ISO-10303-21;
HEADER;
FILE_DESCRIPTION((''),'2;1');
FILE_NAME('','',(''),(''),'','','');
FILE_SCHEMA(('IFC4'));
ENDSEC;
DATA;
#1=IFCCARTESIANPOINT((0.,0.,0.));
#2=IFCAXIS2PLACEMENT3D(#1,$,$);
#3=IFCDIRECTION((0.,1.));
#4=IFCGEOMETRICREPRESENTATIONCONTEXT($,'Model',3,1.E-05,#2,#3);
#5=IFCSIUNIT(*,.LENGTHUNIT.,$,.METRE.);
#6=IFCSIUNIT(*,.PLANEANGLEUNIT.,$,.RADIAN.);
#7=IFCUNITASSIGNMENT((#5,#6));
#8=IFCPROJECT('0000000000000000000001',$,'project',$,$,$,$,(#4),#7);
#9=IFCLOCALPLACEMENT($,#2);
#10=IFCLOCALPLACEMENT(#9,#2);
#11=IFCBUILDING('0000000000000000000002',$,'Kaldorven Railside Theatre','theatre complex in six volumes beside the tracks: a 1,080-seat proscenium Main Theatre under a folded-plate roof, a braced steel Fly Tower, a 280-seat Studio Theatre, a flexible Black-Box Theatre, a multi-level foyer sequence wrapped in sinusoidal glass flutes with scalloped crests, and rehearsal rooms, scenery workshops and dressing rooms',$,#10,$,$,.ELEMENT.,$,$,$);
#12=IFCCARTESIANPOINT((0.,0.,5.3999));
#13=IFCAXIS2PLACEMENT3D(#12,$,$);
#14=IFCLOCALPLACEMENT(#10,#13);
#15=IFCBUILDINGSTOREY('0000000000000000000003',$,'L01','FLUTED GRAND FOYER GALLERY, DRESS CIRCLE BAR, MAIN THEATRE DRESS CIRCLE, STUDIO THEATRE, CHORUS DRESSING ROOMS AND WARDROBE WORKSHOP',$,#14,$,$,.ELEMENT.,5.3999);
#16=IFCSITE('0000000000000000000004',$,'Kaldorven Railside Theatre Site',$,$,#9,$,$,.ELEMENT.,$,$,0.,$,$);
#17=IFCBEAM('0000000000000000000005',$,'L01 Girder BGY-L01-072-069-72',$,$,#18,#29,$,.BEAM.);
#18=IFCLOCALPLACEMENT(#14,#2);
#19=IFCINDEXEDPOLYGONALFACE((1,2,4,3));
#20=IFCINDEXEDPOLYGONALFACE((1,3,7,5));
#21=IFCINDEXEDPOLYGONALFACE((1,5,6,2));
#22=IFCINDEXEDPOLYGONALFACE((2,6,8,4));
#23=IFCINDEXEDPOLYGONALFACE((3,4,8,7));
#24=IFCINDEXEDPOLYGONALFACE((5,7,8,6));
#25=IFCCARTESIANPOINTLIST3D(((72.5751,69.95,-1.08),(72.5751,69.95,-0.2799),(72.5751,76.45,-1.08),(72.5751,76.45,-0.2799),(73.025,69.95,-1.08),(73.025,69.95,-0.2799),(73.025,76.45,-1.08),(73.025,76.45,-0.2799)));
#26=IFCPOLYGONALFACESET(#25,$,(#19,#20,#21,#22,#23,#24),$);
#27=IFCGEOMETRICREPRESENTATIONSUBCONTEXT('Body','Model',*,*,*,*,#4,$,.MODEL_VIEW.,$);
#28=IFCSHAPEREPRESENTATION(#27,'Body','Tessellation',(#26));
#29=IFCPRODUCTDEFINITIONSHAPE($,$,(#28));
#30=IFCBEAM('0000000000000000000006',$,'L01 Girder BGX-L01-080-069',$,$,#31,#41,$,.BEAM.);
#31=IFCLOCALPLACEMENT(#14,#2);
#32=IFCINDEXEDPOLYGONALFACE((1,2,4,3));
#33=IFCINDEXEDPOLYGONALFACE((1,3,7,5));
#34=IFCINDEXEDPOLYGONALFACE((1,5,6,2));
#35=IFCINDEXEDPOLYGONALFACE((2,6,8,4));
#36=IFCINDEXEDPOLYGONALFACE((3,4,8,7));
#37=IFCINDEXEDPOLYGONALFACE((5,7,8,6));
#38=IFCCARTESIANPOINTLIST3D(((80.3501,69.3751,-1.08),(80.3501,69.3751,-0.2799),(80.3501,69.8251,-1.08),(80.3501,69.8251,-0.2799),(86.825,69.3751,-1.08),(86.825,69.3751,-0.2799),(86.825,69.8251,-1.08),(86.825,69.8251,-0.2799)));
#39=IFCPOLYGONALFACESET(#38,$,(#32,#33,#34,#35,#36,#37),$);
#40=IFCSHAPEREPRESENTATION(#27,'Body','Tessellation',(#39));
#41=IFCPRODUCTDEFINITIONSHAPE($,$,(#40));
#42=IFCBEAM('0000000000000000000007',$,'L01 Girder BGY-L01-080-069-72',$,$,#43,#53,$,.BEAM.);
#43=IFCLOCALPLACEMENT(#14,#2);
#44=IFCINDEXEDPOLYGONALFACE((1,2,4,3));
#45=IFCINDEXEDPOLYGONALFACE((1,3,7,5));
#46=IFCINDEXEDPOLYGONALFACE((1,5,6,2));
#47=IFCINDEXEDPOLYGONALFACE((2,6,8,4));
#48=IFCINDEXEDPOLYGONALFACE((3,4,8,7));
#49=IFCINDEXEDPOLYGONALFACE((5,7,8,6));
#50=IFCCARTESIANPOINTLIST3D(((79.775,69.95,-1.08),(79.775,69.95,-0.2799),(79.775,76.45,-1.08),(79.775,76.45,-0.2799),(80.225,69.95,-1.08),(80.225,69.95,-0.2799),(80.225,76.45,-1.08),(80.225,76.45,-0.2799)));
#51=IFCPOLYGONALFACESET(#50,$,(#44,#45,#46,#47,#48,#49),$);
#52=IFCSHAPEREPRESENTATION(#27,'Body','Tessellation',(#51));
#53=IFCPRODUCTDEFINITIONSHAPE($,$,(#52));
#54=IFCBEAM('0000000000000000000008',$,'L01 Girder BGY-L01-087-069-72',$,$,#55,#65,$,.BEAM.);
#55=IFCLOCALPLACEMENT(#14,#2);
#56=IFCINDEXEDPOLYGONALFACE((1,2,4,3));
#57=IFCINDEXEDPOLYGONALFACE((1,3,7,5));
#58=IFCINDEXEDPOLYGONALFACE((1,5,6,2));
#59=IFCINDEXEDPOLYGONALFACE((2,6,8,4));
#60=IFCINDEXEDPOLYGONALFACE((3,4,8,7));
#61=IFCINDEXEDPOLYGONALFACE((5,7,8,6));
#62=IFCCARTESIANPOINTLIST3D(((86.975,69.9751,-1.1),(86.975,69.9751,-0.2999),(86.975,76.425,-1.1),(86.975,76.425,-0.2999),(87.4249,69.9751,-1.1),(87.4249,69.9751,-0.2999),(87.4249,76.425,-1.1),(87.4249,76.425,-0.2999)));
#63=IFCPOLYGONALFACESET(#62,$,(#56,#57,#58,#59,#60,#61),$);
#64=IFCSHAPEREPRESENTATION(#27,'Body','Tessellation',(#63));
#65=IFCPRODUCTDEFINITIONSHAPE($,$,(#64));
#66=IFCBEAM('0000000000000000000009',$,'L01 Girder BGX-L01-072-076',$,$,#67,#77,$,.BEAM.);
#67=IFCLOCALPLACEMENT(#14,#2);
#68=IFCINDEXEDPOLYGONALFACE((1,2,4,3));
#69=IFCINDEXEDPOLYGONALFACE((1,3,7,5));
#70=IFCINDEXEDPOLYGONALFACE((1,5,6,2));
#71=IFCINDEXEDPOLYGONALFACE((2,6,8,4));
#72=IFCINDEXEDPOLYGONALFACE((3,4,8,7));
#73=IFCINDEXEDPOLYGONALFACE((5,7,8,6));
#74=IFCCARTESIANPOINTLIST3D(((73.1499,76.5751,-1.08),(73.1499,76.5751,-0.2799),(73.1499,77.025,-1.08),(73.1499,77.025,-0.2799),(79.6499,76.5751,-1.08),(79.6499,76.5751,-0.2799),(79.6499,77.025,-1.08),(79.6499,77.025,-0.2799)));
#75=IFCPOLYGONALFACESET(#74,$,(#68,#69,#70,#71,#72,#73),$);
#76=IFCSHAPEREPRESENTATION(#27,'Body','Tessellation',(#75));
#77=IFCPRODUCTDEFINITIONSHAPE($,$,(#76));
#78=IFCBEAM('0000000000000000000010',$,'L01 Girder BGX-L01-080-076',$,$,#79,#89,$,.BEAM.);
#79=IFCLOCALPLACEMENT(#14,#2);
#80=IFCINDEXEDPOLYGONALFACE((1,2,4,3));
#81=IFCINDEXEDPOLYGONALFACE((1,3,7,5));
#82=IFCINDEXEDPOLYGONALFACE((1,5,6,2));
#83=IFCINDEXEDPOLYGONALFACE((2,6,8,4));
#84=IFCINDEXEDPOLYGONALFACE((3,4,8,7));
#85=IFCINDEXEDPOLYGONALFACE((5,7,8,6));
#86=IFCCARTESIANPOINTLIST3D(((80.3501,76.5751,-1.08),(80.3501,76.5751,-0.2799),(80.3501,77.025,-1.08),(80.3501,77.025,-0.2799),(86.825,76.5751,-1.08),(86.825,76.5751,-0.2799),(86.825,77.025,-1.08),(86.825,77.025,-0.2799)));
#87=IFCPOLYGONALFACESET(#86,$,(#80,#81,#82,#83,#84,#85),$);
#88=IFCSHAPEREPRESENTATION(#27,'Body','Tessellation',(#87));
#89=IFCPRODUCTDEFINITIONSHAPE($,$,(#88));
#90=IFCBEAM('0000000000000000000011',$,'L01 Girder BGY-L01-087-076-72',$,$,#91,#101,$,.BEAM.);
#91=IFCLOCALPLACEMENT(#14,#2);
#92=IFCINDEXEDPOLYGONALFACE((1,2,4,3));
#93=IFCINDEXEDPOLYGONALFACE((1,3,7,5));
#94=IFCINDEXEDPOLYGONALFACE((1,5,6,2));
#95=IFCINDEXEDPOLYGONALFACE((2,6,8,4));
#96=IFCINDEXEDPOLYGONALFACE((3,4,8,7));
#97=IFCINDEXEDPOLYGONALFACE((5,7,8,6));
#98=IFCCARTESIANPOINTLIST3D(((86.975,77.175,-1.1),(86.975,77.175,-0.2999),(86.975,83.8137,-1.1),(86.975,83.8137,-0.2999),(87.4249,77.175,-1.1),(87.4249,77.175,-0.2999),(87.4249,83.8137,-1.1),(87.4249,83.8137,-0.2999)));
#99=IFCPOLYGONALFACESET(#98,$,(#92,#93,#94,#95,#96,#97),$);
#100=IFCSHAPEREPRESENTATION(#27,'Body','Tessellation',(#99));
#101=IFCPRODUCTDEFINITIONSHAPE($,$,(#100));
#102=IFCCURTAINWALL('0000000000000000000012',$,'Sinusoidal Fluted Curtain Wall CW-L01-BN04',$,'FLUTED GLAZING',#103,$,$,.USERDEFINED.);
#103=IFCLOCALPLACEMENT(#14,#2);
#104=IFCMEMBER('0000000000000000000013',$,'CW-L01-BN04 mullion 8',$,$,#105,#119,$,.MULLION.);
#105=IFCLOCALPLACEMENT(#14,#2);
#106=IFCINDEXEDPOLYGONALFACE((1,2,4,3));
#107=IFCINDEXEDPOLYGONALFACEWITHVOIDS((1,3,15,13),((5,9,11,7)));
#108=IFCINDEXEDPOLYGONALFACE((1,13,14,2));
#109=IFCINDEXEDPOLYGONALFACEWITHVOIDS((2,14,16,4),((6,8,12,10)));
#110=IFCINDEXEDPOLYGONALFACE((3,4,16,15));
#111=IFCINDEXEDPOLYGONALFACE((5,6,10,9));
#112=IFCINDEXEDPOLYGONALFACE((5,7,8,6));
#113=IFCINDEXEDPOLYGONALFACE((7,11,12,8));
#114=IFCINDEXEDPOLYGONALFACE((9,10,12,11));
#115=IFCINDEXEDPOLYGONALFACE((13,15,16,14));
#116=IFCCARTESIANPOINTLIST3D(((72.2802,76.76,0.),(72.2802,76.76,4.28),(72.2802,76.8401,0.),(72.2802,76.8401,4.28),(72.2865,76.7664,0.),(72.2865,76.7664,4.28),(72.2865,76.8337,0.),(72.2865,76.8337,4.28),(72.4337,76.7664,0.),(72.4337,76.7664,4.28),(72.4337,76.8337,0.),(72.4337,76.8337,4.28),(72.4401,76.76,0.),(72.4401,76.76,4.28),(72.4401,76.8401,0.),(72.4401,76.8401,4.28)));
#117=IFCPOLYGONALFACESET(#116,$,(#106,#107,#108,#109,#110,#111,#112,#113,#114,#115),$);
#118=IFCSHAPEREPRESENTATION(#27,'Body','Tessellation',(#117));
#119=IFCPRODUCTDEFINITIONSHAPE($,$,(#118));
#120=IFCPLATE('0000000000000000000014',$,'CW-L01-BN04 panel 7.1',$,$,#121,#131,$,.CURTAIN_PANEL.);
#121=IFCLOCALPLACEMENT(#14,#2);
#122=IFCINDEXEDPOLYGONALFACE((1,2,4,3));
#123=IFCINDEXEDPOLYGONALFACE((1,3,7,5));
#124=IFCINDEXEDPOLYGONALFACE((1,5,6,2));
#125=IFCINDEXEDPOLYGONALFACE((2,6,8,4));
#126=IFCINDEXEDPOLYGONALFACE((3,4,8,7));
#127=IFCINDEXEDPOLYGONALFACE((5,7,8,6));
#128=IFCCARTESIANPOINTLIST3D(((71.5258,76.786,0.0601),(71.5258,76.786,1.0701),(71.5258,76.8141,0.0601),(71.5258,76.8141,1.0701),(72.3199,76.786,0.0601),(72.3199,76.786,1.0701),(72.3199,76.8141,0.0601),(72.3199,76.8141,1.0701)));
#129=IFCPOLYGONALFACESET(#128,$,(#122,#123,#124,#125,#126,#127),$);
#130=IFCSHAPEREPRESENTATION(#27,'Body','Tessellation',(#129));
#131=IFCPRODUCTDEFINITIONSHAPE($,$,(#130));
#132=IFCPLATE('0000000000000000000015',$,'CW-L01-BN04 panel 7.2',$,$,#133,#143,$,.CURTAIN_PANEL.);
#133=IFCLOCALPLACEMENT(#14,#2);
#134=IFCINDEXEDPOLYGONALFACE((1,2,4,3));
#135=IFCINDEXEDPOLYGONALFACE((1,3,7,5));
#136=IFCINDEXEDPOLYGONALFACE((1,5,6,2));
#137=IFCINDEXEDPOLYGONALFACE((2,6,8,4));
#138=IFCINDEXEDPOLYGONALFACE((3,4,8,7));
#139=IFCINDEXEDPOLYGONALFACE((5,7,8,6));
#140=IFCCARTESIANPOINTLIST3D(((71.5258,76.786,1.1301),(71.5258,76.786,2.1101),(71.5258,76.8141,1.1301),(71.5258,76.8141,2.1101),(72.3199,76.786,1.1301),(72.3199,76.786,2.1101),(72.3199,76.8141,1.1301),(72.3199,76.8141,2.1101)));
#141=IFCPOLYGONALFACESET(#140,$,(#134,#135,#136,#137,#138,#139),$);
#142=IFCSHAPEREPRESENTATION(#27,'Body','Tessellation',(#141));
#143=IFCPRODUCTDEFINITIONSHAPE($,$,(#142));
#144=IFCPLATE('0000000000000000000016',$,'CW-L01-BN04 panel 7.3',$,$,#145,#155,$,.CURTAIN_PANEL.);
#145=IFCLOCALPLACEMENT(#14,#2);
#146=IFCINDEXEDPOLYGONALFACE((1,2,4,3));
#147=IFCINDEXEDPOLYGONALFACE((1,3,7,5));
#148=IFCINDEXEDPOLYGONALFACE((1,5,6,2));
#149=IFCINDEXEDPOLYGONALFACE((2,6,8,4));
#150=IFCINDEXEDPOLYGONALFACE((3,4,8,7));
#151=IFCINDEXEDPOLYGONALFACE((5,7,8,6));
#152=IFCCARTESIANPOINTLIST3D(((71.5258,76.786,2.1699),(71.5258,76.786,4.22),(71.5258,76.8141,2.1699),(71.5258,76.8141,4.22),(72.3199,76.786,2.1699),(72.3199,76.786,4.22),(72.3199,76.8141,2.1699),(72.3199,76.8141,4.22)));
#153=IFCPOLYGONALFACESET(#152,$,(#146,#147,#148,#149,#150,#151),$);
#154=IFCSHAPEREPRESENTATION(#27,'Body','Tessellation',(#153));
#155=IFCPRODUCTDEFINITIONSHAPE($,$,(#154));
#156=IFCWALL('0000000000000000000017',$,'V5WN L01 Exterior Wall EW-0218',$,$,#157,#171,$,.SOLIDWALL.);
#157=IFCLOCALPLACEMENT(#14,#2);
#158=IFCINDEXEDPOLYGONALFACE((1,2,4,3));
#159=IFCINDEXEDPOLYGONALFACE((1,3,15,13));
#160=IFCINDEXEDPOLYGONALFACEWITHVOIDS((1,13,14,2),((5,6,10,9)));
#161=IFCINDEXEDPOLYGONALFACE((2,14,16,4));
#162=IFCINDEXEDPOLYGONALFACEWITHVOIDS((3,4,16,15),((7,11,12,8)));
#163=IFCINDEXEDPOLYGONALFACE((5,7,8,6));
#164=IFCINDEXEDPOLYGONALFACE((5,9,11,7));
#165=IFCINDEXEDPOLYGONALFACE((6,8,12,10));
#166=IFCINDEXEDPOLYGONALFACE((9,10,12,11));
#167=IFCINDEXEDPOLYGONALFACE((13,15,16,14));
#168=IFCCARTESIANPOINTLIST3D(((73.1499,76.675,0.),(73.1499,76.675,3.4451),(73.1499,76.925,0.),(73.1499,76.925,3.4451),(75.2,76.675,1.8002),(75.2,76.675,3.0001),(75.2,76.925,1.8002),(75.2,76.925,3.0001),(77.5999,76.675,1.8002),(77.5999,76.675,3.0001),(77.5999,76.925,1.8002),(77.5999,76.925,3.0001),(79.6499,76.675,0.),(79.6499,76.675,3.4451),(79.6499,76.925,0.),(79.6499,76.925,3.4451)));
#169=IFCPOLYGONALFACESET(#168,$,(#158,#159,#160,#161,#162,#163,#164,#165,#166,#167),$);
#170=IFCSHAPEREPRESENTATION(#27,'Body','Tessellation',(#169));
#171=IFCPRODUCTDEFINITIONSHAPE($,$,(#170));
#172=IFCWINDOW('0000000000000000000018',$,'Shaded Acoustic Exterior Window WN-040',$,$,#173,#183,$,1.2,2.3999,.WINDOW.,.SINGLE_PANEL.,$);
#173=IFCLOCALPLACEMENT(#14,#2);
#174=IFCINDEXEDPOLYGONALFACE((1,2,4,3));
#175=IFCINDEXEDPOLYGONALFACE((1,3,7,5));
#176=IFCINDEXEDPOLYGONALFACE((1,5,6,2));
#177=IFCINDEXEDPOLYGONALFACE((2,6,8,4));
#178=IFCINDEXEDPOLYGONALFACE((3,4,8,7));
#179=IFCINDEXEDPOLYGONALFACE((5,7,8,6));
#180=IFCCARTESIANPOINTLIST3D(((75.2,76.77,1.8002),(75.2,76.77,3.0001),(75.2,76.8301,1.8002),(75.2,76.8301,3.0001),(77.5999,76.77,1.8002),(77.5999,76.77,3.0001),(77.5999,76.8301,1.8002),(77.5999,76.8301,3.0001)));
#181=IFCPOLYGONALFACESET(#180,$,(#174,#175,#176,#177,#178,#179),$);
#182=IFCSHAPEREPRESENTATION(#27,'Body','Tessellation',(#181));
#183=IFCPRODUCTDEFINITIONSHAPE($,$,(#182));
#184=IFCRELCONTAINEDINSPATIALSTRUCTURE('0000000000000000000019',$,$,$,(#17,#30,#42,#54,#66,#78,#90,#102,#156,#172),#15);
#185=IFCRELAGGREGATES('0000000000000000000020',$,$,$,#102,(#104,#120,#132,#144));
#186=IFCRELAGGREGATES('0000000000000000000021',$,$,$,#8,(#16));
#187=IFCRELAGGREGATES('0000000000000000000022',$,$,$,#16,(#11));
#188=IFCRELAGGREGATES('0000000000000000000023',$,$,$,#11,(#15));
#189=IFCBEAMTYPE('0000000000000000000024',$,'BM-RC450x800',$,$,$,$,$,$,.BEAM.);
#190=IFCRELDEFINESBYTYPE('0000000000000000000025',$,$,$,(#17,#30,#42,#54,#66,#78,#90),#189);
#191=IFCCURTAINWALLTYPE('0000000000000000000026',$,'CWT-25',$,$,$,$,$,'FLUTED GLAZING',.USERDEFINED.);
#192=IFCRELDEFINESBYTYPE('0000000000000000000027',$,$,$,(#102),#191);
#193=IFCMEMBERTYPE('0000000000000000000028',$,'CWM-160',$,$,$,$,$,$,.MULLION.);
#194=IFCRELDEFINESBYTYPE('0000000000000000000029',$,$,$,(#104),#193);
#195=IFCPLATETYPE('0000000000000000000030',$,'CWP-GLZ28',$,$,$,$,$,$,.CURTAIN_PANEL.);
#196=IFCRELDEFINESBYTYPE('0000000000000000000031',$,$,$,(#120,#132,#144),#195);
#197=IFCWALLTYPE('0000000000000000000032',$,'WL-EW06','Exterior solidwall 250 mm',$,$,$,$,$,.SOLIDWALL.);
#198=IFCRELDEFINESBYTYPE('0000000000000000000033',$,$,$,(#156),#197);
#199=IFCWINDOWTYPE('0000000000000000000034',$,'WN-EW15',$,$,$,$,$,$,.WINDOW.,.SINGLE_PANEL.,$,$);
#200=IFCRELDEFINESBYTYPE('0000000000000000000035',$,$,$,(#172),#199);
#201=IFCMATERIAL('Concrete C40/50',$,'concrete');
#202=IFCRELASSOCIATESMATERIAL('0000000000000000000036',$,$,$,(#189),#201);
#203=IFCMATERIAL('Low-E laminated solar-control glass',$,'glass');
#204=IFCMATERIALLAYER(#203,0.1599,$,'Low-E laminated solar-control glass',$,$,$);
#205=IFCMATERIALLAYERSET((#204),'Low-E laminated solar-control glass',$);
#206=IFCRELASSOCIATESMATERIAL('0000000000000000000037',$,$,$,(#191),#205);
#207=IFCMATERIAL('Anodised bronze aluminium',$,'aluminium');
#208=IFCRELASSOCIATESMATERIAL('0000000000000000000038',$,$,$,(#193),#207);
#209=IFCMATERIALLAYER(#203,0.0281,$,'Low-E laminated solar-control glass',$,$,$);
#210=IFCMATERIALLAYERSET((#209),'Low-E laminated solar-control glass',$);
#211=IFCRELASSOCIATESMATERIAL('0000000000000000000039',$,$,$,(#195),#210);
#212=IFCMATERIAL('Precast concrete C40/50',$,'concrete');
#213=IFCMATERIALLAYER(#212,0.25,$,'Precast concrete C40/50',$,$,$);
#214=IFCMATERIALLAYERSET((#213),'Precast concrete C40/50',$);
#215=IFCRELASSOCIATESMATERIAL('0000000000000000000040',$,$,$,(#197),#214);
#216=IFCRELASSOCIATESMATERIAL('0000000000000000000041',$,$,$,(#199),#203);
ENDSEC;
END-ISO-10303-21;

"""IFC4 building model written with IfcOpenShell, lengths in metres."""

from ifc_helpers import new_model, si_unit, direction, frame, frame_2d, origin, origin_2d, place, context, subcontext, project, spatial, rectangle, hollow_rectangle, extrude, material, layer, layer_set, material_profile, profile_set, type_object, element, fill, aggregate, save


model = new_model("IFC4")

# Units and contexts
model_context = context("Model", 3, precision=1e-05, world=origin(), true_north=direction((0.0, 1.0)))
body_context = subcontext(model_context, "Body", "Model", "MODEL_VIEW")
ifc_project = project(units=[si_unit("LENGTHUNIT", "METRE"), si_unit("PLANEANGLEUNIT", "RADIAN")], contexts=[model_context])

# Site, building, storey
site_placement = place(None, origin())
site = spatial("IfcSite", under=ifc_project, at=site_placement, Name="Kaldorven Railside Theatre Site", CompositionType="ELEMENT", RefElevation=0.0)
building_placement = place(site_placement, origin())
building = spatial("IfcBuilding", under=site, at=building_placement, Name="Kaldorven Railside Theatre", Description="theatre complex in six volumes beside the tracks: a 1,080-seat proscenium Main Theatre under a folded-plate roof, a braced steel Fly Tower, a 280-seat Studio Theatre, a flexible Black-Box Theatre, a multi-level foyer sequence wrapped in sinusoidal glass flutes with scalloped crests, and rehearsal rooms, scenery workshops and dressing rooms", CompositionType="ELEMENT")
storey_placement = place(building_placement, frame((0.0, 0.0, 5.3999)))
storey = spatial("IfcBuildingStorey", under=building, at=storey_placement, Name="L01", Description="FLUTED GRAND FOYER GALLERY, DRESS CIRCLE BAR, MAIN THEATRE DRESS CIRCLE, STUDIO THEATRE, CHORUS DRESSING ROOMS AND WARDROBE WORKSHOP", CompositionType="ELEMENT", Elevation=5.3999)

# Shared definitions
ifc_material_1 = material(Name="Concrete C40/50", Category="concrete")

# Beams
ifc_material_profile_1 = material_profile(ifc_material_1, rectangle(XDim=0.45, YDim=0.8, at=origin_2d()), Name="RC 450x800")
ifc_profile_set_1 = profile_set([ifc_material_profile_1], Name="Concrete C40/50")
beam_type_1 = type_object("IfcBeamType", Name="BM-RC450x800", PredefinedType="BEAM", material=ifc_profile_set_1)
for number, where, z_axis, x_axis, name in (
    (1, (72.8, 69.95, -0.6799), (0.0, 1.0, 0.0), (-1.0, 0.0, 0.0), "L01 Girder BGY-L01-072-069-72"),
):
    element("IfcBeam", number, at=place(storey_placement, frame(where, z_axis=z_axis, x_axis=x_axis)), inside=storey, type_object=beam_type_1, Name=name, PredefinedType="BEAM", context=body_context, shape_type="SweptSolid", body=[
        extrude(rectangle(XDim=0.45, YDim=0.8, at=origin_2d()), origin(), (0.0, 0.0, 1.0), 6.5),
    ])
beam_1_placement = place(storey_placement, frame((80.3501, 69.6001, -0.6799), z_axis=(1.0, 0.0, 0.0), x_axis=(0.0, 1.0, 0.0)))
element("IfcBeam", 2, at=beam_1_placement, inside=storey, type_object=beam_type_1, Name="L01 Girder BGX-L01-080-069", PredefinedType="BEAM", context=body_context, shape_type="SweptSolid", body=[
    extrude(rectangle(XDim=0.45, YDim=0.8, at=origin_2d()), origin(), (0.0, 0.0, 1.0), 6.4749),
])
beam_2_placement = place(storey_placement, frame((80.0, 69.95, -0.6799), z_axis=(0.0, 1.0, 0.0), x_axis=(-1.0, 0.0, 0.0)))
element("IfcBeam", 3, at=beam_2_placement, inside=storey, type_object=beam_type_1, Name="L01 Girder BGY-L01-080-069-72", PredefinedType="BEAM", context=body_context, shape_type="SweptSolid", body=[
    extrude(rectangle(XDim=0.45, YDim=0.8, at=origin_2d()), origin(), (0.0, 0.0, 1.0), 6.5),
])
beam_3_placement = place(storey_placement, frame((87.2, 69.9751, -0.7), z_axis=(0.0, 1.0, 0.0), x_axis=(-1.0, 0.0, 0.0)))
element("IfcBeam", 4, at=beam_3_placement, inside=storey, type_object=beam_type_1, Name="L01 Girder BGY-L01-087-069-72", PredefinedType="BEAM", context=body_context, shape_type="SweptSolid", body=[
    extrude(rectangle(XDim=0.45, YDim=0.8, at=origin_2d()), origin(), (0.0, 0.0, 1.0), 6.45),
])
beam_4_placement = place(storey_placement, frame((73.1499, 76.8, -0.6799), z_axis=(1.0, 0.0, 0.0), x_axis=(0.0, 1.0, 0.0)))
element("IfcBeam", 5, at=beam_4_placement, inside=storey, type_object=beam_type_1, Name="L01 Girder BGX-L01-072-076", PredefinedType="BEAM", context=body_context, shape_type="SweptSolid", body=[
    extrude(rectangle(XDim=0.45, YDim=0.8, at=origin_2d()), origin(), (0.0, 0.0, 1.0), 6.5),
])
beam_5_placement = place(storey_placement, frame((80.3501, 76.8, -0.6799), z_axis=(1.0, 0.0, 0.0), x_axis=(0.0, 1.0, 0.0)))
element("IfcBeam", 6, at=beam_5_placement, inside=storey, type_object=beam_type_1, Name="L01 Girder BGX-L01-080-076", PredefinedType="BEAM", context=body_context, shape_type="SweptSolid", body=[
    extrude(rectangle(XDim=0.45, YDim=0.8, at=origin_2d()), origin(), (0.0, 0.0, 1.0), 6.4749),
])
beam_6_placement = place(storey_placement, frame((87.2, 77.175, -0.7), z_axis=(0.0, 1.0, 0.0), x_axis=(-1.0, 0.0, 0.0)))
element("IfcBeam", 7, at=beam_6_placement, inside=storey, type_object=beam_type_1, Name="L01 Girder BGY-L01-087-076-72", PredefinedType="BEAM", context=body_context, shape_type="SweptSolid", body=[
    extrude(rectangle(XDim=0.45, YDim=0.8, at=origin_2d()), origin(), (0.0, 0.0, 1.0), 6.6387),
])

# Curtain wall, member, plates
ifc_material_2 = material(Name="Low-E laminated solar-control glass", Category="glass")
ifc_layer_1 = layer(ifc_material_2, 0.1599, Name="Low-E laminated solar-control glass")
ifc_layer_set_1 = layer_set([ifc_layer_1], Name="Low-E laminated solar-control glass")
curtain_wall_type = type_object("IfcCurtainWallType", Name="CWT-25", ElementType="FLUTED GLAZING", PredefinedType="USERDEFINED", material=ifc_layer_set_1)
curtain_wall_placement = place(storey_placement, origin())
curtain_wall = element("IfcCurtainWall", 8, at=curtain_wall_placement, inside=storey, type_object=curtain_wall_type, Name="Sinusoidal Fluted Curtain Wall CW-L01-BN04", ObjectType="FLUTED GLAZING", PredefinedType="USERDEFINED")
ifc_material_3 = material(Name="Anodised bronze aluminium", Category="aluminium")
ifc_material_profile_2 = material_profile(ifc_material_3, hollow_rectangle(XDim=0.0801, YDim=0.1599, WallThickness=0.0063, at=origin_2d()), Name="RHS 160x80x6.3")
ifc_profile_set_2 = profile_set([ifc_material_profile_2], Name="Anodised bronze aluminium")
member_type = type_object("IfcMemberType", Name="CWM-160", PredefinedType="MULLION", material=ifc_profile_set_2)
member_placement = place(storey_placement, frame((72.3601, 76.8, 0.0), z_axis=(0.0, 0.0, 1.0), x_axis=(0.0, 1.0, 0.0)))
member = element("IfcMember", 9, at=member_placement, type_object=member_type, Name="CW-L01-BN04 mullion 8", PredefinedType="MULLION", context=body_context, shape_type="SweptSolid", body=[
    extrude(hollow_rectangle(XDim=0.0801, YDim=0.1599, WallThickness=0.0063, at=origin_2d()), origin(), (0.0, 0.0, 1.0), 4.28),
])
ifc_layer_2 = layer(ifc_material_2, 0.0281, Name="Low-E laminated solar-control glass")
ifc_layer_set_2 = layer_set([ifc_layer_2], Name="Low-E laminated solar-control glass")
plate_type = type_object("IfcPlateType", Name="CWP-GLZ28", PredefinedType="CURTAIN_PANEL", material=ifc_layer_set_2)
plate_1_placement = place(storey_placement, frame((71.9229, 76.8, 0.0601), z_axis=(0.0, 0.0, 1.0), x_axis=(1.0, 0.0, 0.0)))
plate_1 = element("IfcPlate", 10, at=plate_1_placement, type_object=plate_type, Name="CW-L01-BN04 panel 7.1", PredefinedType="CURTAIN_PANEL", context=body_context, shape_type="SweptSolid", body=[
    extrude(rectangle(XDim=0.7942, YDim=0.0281, at=origin_2d()), origin(), (0.0, 0.0, 1.0), 1.01),
])
plate_2_placement = place(storey_placement, frame((71.9229, 76.8, 1.1301), z_axis=(0.0, 0.0, 1.0), x_axis=(1.0, 0.0, 0.0)))
plate_2 = element("IfcPlate", 11, at=plate_2_placement, type_object=plate_type, Name="CW-L01-BN04 panel 7.2", PredefinedType="CURTAIN_PANEL", context=body_context, shape_type="SweptSolid", body=[
    extrude(rectangle(XDim=0.7942, YDim=0.0281, at=origin_2d()), origin(), (0.0, 0.0, 1.0), 0.98),
])
plate_3_placement = place(storey_placement, frame((71.9229, 76.8, 2.1699), z_axis=(0.0, 0.0, 1.0), x_axis=(1.0, 0.0, 0.0)))
plate_3 = element("IfcPlate", 12, at=plate_3_placement, type_object=plate_type, Name="CW-L01-BN04 panel 7.3", PredefinedType="CURTAIN_PANEL", context=body_context, shape_type="SweptSolid", body=[
    extrude(rectangle(XDim=0.7942, YDim=0.0281, at=origin_2d()), origin(), (0.0, 0.0, 1.0), 2.05),
])
aggregate(curtain_wall, [member, plate_1, plate_2, plate_3])

# Wall, opening, window
ifc_material_4 = material(Name="Precast concrete C40/50", Category="concrete")
ifc_layer_3 = layer(ifc_material_4, 0.25, Name="Precast concrete C40/50")
ifc_layer_set_3 = layer_set([ifc_layer_3], Name="Precast concrete C40/50")
wall_type_1 = type_object("IfcWallType", Name="WL-EW06", Description="Exterior solidwall 250 mm", PredefinedType="SOLIDWALL", material=ifc_layer_set_3)
wall_1_placement = place(storey_placement, frame((73.1499, 76.8, 0.0), z_axis=(0.0, 0.0, 1.0), x_axis=(1.0, 0.0, 0.0)))
wall_1 = element("IfcWall", 13, at=wall_1_placement, inside=storey, type_object=wall_type_1, Name="V5WN L01 Exterior Wall EW-0218", PredefinedType="SOLIDWALL", context=body_context, shape_type="SweptSolid", body=[
    extrude(rectangle(XDim=6.5, YDim=0.25, at=frame_2d((3.25, 0.0))), origin(), (0.0, 0.0, 1.0), 3.4451),
])
opening_1_placement = place(wall_1_placement, frame((2.05, 0.0, 1.8)))
opening_1 = element("IfcOpeningElement", 14, at=opening_1_placement, cuts=wall_1, PredefinedType="OPENING", context=body_context, shape_type="SweptSolid", body=[
    extrude(rectangle(XDim=2.3999, YDim=1.2, at=frame_2d((1.2, 0.6001))), frame((0.0, 0.135, 0.0), z_axis=(0.0, -1.0, 0.0), x_axis=(1.0, 0.0, 0.0)), (0.0, 0.0, 1.0), 0.27),
])
window_type = type_object("IfcWindowType", Name="WN-EW15", PartitioningType="SINGLE_PANEL", PredefinedType="WINDOW", material=ifc_material_2)
window_placement = place(opening_1_placement, origin())
window = element("IfcWindow", 15, at=window_placement, inside=storey, type_object=window_type, Name="Shaded Acoustic Exterior Window WN-040", OverallHeight=1.2, OverallWidth=2.3999, PartitioningType="SINGLE_PANEL", PredefinedType="WINDOW", context=body_context, shape_type="SweptSolid", body=[
    extrude(rectangle(XDim=2.3999, YDim=1.2, at=frame_2d((1.2, 0.6001))), frame((0.0, 0.03, 0.0), z_axis=(0.0, -1.0, 0.0), x_axis=(1.0, 0.0, 0.0)), (0.0, 0.0, 1.0), 0.0601),
])
fill(opening_1, window)

save(model, "model.ifc")
